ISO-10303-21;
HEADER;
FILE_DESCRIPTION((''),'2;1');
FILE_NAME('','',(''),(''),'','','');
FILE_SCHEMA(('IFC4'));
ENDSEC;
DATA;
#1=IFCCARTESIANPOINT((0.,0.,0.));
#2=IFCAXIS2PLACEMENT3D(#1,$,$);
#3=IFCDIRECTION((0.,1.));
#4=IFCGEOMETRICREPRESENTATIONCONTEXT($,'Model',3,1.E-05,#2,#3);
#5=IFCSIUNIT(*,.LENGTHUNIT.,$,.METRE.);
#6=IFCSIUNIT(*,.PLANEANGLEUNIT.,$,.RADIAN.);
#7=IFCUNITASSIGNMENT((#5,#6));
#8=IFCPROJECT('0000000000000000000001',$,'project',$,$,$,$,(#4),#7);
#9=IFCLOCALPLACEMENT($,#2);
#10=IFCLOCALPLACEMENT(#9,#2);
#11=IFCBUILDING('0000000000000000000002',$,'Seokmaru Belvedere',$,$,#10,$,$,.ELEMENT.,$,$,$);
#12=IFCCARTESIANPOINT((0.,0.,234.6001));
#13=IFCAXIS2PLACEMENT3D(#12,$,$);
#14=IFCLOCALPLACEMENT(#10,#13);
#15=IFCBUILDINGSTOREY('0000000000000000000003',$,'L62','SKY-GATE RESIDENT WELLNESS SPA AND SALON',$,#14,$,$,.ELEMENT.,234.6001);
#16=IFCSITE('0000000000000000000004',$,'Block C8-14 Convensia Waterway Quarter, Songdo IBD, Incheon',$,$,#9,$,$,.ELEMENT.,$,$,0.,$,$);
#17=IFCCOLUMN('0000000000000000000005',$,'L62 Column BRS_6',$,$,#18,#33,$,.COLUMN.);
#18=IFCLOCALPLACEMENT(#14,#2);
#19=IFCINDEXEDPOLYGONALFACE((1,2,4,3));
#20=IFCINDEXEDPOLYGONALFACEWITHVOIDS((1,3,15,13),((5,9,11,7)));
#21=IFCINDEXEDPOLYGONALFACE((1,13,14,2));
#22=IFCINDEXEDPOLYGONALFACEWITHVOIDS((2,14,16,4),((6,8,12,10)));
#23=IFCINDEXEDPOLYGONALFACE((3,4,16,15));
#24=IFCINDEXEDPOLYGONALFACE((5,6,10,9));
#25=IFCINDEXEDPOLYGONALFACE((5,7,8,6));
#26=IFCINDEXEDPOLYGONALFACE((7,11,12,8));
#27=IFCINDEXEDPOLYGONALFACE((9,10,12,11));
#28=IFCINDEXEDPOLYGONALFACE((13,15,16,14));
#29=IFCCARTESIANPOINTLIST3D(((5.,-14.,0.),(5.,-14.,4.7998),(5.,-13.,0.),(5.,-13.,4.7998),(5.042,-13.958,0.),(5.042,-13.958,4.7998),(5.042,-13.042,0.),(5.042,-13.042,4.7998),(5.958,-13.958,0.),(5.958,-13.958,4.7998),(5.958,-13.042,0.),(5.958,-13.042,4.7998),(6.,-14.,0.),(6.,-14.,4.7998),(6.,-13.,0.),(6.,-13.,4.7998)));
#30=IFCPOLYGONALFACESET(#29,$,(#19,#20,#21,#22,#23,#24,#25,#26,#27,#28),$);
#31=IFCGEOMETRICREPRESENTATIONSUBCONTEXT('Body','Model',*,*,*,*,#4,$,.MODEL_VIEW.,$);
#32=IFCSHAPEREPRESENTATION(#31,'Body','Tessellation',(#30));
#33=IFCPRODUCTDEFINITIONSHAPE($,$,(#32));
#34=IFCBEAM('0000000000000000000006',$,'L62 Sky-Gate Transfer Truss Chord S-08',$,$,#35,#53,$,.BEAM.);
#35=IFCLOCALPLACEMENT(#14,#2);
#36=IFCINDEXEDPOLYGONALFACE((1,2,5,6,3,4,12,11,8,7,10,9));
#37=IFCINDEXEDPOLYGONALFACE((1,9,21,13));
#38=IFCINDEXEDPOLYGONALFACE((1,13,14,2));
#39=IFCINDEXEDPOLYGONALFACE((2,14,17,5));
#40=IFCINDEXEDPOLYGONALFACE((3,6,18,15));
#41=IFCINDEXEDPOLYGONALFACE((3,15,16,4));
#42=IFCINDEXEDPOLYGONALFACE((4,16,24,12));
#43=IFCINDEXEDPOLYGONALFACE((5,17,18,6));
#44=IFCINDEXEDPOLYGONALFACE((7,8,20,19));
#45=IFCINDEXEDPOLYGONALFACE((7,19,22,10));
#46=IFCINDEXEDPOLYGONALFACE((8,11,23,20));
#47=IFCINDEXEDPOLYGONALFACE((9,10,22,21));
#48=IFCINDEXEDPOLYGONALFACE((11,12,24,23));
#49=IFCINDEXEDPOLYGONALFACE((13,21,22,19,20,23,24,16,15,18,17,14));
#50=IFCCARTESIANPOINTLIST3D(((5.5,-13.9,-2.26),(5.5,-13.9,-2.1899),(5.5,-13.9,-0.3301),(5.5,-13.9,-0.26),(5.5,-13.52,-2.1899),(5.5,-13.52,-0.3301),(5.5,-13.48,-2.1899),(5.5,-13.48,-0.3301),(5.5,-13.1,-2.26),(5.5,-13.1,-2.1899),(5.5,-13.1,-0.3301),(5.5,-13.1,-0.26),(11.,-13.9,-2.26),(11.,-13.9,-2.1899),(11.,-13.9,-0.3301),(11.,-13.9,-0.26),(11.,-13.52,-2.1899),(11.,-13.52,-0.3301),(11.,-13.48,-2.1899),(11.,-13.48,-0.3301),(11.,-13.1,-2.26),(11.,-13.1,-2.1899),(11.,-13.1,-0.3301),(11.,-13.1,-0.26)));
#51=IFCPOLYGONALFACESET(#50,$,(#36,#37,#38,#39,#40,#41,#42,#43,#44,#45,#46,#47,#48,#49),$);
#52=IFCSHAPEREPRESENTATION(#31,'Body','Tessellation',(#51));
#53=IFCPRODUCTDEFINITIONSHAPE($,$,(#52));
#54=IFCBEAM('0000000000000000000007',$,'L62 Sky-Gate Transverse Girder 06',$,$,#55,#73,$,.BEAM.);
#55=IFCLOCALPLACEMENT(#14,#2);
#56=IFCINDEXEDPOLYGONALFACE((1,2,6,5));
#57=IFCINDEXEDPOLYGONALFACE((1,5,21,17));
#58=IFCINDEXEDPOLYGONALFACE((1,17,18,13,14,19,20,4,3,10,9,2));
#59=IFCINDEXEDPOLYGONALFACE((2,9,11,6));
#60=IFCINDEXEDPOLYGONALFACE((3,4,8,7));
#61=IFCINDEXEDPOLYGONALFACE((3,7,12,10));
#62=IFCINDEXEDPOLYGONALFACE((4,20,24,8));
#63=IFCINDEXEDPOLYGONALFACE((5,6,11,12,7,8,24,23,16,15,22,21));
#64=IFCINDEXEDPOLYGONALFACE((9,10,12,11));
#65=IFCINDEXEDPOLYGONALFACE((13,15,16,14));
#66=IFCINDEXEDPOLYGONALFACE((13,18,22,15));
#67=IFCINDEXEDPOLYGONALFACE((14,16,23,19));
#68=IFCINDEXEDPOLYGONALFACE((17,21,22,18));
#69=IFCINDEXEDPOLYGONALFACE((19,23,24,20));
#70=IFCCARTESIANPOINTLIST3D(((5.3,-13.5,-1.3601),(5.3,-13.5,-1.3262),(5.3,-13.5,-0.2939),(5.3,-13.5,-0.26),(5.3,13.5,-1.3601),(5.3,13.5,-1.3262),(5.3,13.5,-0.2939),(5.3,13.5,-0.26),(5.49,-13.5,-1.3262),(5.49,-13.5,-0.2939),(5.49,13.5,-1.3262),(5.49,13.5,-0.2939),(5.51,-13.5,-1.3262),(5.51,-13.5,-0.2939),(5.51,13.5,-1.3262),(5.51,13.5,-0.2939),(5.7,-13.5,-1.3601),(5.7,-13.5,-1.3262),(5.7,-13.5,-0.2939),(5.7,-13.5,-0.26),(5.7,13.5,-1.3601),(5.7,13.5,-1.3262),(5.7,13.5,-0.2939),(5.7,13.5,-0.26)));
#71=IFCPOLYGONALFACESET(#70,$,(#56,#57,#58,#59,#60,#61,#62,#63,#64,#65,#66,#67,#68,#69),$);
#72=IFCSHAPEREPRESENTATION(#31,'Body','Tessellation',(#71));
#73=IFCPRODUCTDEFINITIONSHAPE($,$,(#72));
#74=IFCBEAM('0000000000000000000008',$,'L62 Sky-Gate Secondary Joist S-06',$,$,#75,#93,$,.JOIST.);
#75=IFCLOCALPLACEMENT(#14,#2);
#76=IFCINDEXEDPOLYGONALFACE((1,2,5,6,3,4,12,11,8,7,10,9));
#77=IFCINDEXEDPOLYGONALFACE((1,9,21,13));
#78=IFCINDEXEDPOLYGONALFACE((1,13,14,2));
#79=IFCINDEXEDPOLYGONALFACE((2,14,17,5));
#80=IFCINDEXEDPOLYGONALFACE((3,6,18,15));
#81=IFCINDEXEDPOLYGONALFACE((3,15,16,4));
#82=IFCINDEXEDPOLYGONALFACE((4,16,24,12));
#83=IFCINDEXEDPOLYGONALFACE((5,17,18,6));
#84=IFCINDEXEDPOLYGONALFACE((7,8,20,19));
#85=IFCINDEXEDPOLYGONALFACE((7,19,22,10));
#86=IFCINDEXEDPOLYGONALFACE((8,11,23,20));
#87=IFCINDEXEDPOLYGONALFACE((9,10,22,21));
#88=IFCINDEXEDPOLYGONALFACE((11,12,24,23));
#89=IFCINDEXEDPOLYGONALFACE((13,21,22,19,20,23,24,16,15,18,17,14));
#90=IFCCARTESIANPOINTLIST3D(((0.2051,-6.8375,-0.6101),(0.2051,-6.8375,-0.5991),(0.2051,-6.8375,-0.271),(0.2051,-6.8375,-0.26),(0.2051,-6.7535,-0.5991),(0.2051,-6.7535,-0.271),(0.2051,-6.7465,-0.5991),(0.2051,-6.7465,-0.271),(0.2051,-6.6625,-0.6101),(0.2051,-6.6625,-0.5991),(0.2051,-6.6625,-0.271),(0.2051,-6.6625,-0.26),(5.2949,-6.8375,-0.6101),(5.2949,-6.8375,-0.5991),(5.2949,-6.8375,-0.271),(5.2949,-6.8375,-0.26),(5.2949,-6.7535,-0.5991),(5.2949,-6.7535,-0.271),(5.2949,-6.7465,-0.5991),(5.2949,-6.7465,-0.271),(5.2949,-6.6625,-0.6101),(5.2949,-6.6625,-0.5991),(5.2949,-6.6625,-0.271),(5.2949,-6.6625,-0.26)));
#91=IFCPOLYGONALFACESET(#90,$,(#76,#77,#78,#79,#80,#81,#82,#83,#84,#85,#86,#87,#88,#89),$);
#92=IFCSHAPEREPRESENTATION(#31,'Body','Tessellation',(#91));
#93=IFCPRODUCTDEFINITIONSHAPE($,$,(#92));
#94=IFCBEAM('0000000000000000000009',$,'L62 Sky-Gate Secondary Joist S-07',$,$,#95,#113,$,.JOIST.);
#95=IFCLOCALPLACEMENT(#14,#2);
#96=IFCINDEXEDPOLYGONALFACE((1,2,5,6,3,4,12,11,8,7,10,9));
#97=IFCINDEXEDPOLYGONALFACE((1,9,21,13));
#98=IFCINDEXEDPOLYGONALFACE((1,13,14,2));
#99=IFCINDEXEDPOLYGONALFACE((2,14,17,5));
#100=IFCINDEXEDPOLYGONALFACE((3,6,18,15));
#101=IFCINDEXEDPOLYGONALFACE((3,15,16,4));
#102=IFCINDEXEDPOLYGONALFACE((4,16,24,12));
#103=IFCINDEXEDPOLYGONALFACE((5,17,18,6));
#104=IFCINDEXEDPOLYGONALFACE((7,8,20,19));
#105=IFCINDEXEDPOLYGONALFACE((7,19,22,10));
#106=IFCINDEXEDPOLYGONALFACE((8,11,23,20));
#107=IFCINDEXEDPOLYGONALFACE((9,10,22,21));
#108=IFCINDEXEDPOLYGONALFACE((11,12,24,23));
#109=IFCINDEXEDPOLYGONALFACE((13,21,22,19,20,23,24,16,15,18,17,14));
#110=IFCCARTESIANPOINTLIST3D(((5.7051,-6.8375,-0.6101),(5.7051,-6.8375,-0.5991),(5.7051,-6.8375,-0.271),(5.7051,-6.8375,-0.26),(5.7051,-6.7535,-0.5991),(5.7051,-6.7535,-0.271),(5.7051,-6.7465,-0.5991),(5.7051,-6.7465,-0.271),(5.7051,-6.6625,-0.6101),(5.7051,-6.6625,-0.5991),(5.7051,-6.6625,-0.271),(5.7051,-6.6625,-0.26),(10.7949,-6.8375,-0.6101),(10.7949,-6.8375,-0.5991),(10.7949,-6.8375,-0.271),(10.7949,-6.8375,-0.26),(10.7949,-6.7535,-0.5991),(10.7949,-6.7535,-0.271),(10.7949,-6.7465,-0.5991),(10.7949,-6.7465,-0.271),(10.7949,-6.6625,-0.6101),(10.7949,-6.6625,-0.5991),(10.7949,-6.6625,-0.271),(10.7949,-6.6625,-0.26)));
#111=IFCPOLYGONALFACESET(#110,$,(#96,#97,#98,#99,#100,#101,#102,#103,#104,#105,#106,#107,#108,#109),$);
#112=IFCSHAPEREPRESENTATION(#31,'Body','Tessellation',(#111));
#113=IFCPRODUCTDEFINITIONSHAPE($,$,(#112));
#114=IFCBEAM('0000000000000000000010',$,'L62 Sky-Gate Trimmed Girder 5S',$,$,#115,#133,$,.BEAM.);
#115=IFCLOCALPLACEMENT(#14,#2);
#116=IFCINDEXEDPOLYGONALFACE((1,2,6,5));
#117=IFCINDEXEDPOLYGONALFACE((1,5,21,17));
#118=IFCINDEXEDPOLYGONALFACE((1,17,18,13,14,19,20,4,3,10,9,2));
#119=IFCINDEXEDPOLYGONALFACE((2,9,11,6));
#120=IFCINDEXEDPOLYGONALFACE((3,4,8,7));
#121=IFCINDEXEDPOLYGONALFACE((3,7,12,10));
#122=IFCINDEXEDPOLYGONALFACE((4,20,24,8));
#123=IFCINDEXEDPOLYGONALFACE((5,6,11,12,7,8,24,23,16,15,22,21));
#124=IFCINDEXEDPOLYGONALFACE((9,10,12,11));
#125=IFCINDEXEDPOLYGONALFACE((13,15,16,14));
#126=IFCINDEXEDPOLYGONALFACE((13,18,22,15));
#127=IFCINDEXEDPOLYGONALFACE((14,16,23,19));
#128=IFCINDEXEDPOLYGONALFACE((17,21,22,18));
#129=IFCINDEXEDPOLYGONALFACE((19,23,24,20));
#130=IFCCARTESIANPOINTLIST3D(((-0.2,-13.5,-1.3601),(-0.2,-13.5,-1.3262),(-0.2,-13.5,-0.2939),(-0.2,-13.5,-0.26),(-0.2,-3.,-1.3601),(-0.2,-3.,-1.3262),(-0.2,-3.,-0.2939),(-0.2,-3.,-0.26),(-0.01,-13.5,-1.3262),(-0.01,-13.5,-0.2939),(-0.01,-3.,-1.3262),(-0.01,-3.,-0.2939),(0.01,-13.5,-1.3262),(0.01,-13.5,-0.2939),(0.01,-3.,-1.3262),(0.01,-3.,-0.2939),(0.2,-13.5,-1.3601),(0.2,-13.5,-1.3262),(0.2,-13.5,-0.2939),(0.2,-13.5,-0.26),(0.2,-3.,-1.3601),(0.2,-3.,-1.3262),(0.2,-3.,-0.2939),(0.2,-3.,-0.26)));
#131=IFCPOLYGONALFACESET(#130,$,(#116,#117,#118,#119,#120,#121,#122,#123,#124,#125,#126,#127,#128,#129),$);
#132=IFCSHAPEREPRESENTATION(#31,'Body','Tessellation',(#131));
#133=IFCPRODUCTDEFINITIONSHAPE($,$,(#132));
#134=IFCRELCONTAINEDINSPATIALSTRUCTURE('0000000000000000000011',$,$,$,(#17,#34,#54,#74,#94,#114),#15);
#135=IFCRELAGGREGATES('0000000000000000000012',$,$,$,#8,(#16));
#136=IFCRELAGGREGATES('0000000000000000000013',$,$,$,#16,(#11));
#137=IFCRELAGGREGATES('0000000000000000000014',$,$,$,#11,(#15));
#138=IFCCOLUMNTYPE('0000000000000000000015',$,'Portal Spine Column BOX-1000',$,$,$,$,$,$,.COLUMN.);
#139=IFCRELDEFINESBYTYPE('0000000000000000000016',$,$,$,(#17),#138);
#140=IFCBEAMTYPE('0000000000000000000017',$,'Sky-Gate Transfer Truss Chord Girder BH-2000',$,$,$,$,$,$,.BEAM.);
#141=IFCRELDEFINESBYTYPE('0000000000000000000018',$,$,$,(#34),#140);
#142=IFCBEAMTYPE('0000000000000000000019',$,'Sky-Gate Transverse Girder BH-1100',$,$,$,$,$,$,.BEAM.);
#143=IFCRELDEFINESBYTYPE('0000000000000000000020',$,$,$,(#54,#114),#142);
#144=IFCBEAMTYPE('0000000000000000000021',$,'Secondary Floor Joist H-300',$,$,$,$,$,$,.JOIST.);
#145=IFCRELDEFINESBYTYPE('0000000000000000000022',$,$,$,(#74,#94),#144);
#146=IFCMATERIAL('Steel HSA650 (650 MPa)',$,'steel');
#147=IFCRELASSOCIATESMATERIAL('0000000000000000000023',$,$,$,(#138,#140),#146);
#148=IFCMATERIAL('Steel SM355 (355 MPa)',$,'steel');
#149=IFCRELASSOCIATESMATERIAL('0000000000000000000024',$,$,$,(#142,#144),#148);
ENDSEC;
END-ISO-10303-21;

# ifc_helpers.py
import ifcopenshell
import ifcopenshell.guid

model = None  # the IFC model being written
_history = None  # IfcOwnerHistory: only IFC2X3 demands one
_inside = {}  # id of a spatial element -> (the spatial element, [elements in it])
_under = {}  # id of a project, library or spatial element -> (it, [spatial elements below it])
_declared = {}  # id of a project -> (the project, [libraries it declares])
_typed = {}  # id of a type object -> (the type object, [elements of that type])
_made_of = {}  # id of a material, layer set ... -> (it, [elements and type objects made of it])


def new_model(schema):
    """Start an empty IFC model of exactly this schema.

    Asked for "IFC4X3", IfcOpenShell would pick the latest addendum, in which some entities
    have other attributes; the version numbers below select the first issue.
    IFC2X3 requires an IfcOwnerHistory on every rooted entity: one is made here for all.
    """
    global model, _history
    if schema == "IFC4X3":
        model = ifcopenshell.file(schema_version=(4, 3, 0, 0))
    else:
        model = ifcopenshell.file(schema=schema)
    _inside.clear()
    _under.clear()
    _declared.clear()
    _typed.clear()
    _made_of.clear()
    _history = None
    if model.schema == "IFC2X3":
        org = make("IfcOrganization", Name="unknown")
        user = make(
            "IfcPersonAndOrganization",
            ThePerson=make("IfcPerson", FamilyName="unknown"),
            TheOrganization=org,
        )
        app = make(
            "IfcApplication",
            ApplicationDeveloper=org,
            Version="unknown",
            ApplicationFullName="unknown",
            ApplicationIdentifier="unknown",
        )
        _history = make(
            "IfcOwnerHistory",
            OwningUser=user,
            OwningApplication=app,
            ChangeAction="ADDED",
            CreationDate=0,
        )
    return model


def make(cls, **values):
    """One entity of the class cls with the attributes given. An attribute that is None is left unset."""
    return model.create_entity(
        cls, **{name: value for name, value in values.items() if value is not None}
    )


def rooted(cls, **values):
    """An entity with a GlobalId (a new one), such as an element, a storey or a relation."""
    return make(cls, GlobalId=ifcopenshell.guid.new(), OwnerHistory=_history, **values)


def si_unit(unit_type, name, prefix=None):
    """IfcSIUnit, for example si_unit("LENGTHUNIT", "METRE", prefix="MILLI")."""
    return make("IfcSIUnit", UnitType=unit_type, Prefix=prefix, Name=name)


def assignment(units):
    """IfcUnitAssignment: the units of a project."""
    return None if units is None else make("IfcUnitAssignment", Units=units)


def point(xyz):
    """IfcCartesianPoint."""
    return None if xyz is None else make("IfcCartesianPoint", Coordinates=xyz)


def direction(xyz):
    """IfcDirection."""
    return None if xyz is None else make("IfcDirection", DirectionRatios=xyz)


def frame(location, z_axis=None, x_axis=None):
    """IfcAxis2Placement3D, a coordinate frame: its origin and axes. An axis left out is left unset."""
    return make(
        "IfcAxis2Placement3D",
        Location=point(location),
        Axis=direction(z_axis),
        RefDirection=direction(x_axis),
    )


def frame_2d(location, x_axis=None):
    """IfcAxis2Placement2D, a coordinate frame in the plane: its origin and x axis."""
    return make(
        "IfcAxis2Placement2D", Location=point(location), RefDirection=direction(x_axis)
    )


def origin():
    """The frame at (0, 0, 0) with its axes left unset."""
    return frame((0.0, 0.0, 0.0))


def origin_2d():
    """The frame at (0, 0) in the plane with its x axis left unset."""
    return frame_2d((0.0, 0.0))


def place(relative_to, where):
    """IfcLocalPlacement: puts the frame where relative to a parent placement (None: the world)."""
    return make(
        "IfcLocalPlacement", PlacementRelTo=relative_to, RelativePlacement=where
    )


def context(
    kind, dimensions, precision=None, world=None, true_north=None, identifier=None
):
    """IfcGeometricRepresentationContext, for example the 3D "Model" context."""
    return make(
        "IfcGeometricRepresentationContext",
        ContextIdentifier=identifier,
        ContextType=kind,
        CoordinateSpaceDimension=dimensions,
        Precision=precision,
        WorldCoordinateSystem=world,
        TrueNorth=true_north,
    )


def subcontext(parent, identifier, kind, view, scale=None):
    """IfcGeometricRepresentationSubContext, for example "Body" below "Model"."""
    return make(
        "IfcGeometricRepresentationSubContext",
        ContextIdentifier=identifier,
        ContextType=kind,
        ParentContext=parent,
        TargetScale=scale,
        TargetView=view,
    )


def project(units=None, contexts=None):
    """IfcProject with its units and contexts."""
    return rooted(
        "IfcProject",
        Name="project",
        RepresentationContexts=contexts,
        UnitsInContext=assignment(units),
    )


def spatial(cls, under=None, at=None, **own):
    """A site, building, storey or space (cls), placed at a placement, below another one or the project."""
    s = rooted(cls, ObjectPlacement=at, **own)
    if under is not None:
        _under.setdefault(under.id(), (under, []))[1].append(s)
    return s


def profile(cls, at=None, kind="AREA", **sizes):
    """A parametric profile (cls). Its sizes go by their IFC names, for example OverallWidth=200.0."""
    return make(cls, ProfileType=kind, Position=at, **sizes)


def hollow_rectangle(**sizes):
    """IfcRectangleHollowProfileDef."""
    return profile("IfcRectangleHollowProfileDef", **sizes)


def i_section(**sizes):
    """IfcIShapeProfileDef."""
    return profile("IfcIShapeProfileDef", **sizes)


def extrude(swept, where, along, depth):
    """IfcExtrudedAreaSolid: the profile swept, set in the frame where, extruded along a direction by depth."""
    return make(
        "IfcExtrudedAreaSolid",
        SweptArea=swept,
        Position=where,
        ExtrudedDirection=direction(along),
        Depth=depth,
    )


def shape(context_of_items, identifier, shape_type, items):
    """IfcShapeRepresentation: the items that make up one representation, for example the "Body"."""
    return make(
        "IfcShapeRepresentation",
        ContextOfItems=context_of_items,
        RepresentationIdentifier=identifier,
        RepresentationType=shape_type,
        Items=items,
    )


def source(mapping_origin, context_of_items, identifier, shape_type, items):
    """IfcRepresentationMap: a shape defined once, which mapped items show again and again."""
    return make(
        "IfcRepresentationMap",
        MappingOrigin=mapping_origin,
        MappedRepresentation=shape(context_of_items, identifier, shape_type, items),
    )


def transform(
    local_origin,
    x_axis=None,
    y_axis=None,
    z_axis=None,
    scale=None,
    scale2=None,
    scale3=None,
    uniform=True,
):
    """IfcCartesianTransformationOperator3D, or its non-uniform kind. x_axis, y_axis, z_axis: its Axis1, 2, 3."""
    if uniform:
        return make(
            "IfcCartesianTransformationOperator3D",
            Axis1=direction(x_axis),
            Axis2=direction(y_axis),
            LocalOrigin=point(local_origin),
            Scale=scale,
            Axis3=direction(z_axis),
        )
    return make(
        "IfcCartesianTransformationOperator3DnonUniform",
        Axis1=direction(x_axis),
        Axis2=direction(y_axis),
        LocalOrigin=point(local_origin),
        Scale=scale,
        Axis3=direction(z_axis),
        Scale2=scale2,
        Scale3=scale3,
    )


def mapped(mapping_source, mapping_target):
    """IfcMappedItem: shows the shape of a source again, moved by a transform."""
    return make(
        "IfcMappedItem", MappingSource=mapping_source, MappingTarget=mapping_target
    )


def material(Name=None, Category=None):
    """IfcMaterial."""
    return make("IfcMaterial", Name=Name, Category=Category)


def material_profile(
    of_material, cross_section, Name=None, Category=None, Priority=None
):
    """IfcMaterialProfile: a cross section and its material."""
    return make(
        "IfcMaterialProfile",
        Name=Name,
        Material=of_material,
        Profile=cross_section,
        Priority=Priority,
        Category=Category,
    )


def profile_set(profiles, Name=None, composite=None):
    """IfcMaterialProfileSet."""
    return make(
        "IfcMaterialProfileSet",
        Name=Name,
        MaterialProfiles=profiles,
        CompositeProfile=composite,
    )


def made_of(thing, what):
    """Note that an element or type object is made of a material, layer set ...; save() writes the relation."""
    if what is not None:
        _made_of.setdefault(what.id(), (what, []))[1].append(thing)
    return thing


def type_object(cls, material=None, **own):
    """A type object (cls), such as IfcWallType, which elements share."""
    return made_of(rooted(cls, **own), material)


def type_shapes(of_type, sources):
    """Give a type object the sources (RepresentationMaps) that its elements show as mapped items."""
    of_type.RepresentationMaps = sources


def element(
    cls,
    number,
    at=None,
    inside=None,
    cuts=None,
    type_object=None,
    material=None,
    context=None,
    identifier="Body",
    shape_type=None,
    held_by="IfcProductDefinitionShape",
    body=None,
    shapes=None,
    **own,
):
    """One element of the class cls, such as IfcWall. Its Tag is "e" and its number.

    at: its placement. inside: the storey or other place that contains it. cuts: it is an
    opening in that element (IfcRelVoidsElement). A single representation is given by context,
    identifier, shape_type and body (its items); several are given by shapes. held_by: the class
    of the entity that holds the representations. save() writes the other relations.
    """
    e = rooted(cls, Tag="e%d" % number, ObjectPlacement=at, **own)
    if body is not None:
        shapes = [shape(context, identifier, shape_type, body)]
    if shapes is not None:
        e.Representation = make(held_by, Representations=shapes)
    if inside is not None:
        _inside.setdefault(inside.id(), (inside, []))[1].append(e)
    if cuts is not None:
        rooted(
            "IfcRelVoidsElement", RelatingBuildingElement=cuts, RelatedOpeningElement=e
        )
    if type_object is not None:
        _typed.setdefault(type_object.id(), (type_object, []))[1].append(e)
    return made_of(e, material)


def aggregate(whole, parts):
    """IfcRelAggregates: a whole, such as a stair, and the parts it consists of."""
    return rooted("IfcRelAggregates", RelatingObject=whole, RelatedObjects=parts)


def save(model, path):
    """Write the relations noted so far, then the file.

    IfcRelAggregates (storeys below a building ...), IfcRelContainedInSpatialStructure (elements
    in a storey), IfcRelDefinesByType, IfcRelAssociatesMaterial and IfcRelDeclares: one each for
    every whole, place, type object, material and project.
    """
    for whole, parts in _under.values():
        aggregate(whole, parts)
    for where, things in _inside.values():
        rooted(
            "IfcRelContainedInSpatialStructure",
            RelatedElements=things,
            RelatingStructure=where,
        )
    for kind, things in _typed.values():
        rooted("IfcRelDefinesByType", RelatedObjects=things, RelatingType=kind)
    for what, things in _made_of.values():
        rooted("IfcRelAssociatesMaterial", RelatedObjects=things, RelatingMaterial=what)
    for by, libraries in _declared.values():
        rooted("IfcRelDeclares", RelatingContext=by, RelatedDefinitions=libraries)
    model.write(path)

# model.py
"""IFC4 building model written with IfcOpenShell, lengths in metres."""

from ifc_helpers import new_model, si_unit, direction, frame, origin, origin_2d, place, context, subcontext, project, spatial, hollow_rectangle, i_section, extrude, source, transform, mapped, material, material_profile, profile_set, type_object, type_shapes, element, save


model = new_model("IFC4")

# Units and contexts
model_context = context("Model", 3, precision=1e-05, world=origin(), true_north=direction((0.0, 1.0)))
body_context = subcontext(model_context, "Body", "Model", "MODEL_VIEW")
ifc_project = project(units=[si_unit("LENGTHUNIT", "METRE"), si_unit("PLANEANGLEUNIT", "RADIAN")], contexts=[model_context])

# Site, building, storey
site_placement = place(None, origin())
site = spatial("IfcSite", under=ifc_project, at=site_placement, Name="Block C8-14 Convensia Waterway Quarter, Songdo IBD, Incheon", CompositionType="ELEMENT", RefElevation=0.0)
building_placement = place(site_placement, origin())
building = spatial("IfcBuilding", under=site, at=building_placement, Name="Seokmaru Belvedere", CompositionType="ELEMENT")
storey_placement = place(building_placement, frame((0.0, 0.0, 234.6001)))
storey = spatial("IfcBuildingStorey", under=building, at=storey_placement, Name="L62", Description="SKY-GATE RESIDENT WELLNESS SPA AND SALON", CompositionType="ELEMENT", Elevation=234.6001)

# Column
ifc_material_1 = material(Name="Steel HSA650 (650 MPa)", Category="steel")
ifc_material_profile_1 = material_profile(ifc_material_1, hollow_rectangle(XDim=1.0, YDim=1.0, WallThickness=0.042, at=origin_2d()), Name="BOX-1000x1000x42")
ifc_profile_set_1 = profile_set([ifc_material_profile_1], Name="Steel HSA650 (650 MPa)")
column_type = type_object("IfcColumnType", Name="Portal Spine Column BOX-1000", PredefinedType="COLUMN", material=ifc_profile_set_1)
shared_shape_1 = source(origin(), body_context, "Body", "SweptSolid", [
    extrude(hollow_rectangle(XDim=1.0, YDim=1.0, WallThickness=0.042, at=origin_2d()), origin(), (0.0, 0.0, 1.0), 4.7998),
])
type_shapes(column_type, [shared_shape_1])
column_placement = place(storey_placement, frame((5.5, -13.5, 0.0), z_axis=(0.0, 0.0, 1.0), x_axis=(1.0, 0.0, 0.0)))
element("IfcColumn", 1, at=column_placement, inside=storey, type_object=column_type, Name="L62 Column BRS_6", PredefinedType="COLUMN", context=body_context, shape_type="MappedRepresentation", body=[
    mapped(shared_shape_1, transform((0.0, 0.0, 0.0), scale=1.0)),
])

# Beams
ifc_material_profile_2 = material_profile(ifc_material_1, i_section(OverallWidth=0.8, OverallDepth=2.0, WebThickness=0.04, FlangeThickness=0.0701, at=origin_2d()), Name="BH-2000x800x40x70")
ifc_profile_set_2 = profile_set([ifc_material_profile_2], Name="Steel HSA650 (650 MPa)")
beam_type_1 = type_object("IfcBeamType", Name="Sky-Gate Transfer Truss Chord Girder BH-2000", PredefinedType="BEAM", material=ifc_profile_set_2)
shared_shape_2 = source(origin(), body_context, "Body", "SweptSolid", [
    extrude(i_section(OverallWidth=0.8, OverallDepth=2.0, WebThickness=0.04, FlangeThickness=0.0701, at=origin_2d()), origin(), (0.0, 0.0, 1.0), 5.5),
])
type_shapes(beam_type_1, [shared_shape_2])
beam_1_placement = place(storey_placement, frame((5.5, -13.5, -1.26), z_axis=(1.0, 0.0, 0.0), x_axis=(0.0, 1.0, 0.0)))
element("IfcBeam", 2, at=beam_1_placement, inside=storey, type_object=beam_type_1, Name="L62 Sky-Gate Transfer Truss Chord S-08", PredefinedType="BEAM", context=body_context, shape_type="MappedRepresentation", body=[
    mapped(shared_shape_2, transform((0.0, 0.0, 0.0), scale=1.0)),
])
ifc_material_2 = material(Name="Steel SM355 (355 MPa)", Category="steel")
ifc_material_profile_3 = material_profile(ifc_material_2, i_section(OverallWidth=0.3999, OverallDepth=1.1001, WebThickness=0.02, FlangeThickness=0.0339, at=origin_2d()), Name="BH-1100x400x20x34")
ifc_profile_set_3 = profile_set([ifc_material_profile_3], Name="Steel SM355 (355 MPa)")
beam_type_2 = type_object("IfcBeamType", Name="Sky-Gate Transverse Girder BH-1100", PredefinedType="BEAM", material=ifc_profile_set_3)
shared_shape_3 = source(origin(), body_context, "Body", "SweptSolid", [
    extrude(i_section(OverallWidth=0.3999, OverallDepth=1.1001, WebThickness=0.02, FlangeThickness=0.0339, at=origin_2d()), origin(), (0.0, 0.0, 1.0), 27.0),
])
beam_2_placement = place(storey_placement, frame((5.5, -13.5, -0.8101), z_axis=(0.0, 1.0, 0.0), x_axis=(-1.0, 0.0, 0.0)))
element("IfcBeam", 3, at=beam_2_placement, inside=storey, type_object=beam_type_2, Name="L62 Sky-Gate Transverse Girder 06", PredefinedType="BEAM", context=body_context, shape_type="MappedRepresentation", body=[
    mapped(shared_shape_3, transform((0.0, 0.0, 0.0), scale=1.0)),
])
ifc_material_profile_4 = material_profile(ifc_material_2, i_section(OverallWidth=0.175, OverallDepth=0.3501, WebThickness=0.0071, FlangeThickness=0.011, at=origin_2d()), Name="H-350x175x7x11")
ifc_profile_set_4 = profile_set([ifc_material_profile_4], Name="Steel SM355 (355 MPa)")
beam_type_3 = type_object("IfcBeamType", Name="Secondary Floor Joist H-300", PredefinedType="JOIST", material=ifc_profile_set_4)
shared_shape_4 = source(origin(), body_context, "Body", "SweptSolid", [
    extrude(i_section(OverallWidth=0.175, OverallDepth=0.3501, WebThickness=0.0071, FlangeThickness=0.011, at=origin_2d()), origin(), (0.0, 0.0, 1.0), 5.0898),
])
type_shapes(beam_type_3, [shared_shape_4])
for number, where, z_axis, x_axis, name in (
    (4, (0.2051, -6.75, -0.4351), (1.0, 0.0, 0.0), (0.0, 1.0, 0.0), "L62 Sky-Gate Secondary Joist S-06"),
    (5, (5.7051, -6.75, -0.4351), (1.0, 0.0, 0.0), (0.0, 1.0, 0.0), "L62 Sky-Gate Secondary Joist S-07"),
):
    element("IfcBeam", number, at=place(storey_placement, frame(where, z_axis=z_axis, x_axis=x_axis)), inside=storey, type_object=beam_type_3, Name=name, PredefinedType="JOIST", context=body_context, shape_type="MappedRepresentation", body=[
        mapped(shared_shape_4, transform((0.0, 0.0, 0.0), scale=1.0)),
    ])
shared_shape_5 = source(origin(), body_context, "Body", "SweptSolid", [
    extrude(i_section(OverallWidth=0.3999, OverallDepth=1.1001, WebThickness=0.02, FlangeThickness=0.0339, at=origin_2d()), origin(), (0.0, 0.0, 1.0), 10.5),
])
type_shapes(beam_type_2, [shared_shape_3, shared_shape_5])
beam_3_placement = place(storey_placement, frame((0.0, -13.5, -0.8101), z_axis=(0.0, 1.0, 0.0), x_axis=(-1.0, 0.0, 0.0)))
element("IfcBeam", 6, at=beam_3_placement, inside=storey, type_object=beam_type_2, Name="L62 Sky-Gate Trimmed Girder 5S", PredefinedType="BEAM", context=body_context, shape_type="MappedRepresentation", body=[
    mapped(shared_shape_5, transform((0.0, 0.0, 0.0), scale=1.0)),
])

save(model, "model.ifc")
